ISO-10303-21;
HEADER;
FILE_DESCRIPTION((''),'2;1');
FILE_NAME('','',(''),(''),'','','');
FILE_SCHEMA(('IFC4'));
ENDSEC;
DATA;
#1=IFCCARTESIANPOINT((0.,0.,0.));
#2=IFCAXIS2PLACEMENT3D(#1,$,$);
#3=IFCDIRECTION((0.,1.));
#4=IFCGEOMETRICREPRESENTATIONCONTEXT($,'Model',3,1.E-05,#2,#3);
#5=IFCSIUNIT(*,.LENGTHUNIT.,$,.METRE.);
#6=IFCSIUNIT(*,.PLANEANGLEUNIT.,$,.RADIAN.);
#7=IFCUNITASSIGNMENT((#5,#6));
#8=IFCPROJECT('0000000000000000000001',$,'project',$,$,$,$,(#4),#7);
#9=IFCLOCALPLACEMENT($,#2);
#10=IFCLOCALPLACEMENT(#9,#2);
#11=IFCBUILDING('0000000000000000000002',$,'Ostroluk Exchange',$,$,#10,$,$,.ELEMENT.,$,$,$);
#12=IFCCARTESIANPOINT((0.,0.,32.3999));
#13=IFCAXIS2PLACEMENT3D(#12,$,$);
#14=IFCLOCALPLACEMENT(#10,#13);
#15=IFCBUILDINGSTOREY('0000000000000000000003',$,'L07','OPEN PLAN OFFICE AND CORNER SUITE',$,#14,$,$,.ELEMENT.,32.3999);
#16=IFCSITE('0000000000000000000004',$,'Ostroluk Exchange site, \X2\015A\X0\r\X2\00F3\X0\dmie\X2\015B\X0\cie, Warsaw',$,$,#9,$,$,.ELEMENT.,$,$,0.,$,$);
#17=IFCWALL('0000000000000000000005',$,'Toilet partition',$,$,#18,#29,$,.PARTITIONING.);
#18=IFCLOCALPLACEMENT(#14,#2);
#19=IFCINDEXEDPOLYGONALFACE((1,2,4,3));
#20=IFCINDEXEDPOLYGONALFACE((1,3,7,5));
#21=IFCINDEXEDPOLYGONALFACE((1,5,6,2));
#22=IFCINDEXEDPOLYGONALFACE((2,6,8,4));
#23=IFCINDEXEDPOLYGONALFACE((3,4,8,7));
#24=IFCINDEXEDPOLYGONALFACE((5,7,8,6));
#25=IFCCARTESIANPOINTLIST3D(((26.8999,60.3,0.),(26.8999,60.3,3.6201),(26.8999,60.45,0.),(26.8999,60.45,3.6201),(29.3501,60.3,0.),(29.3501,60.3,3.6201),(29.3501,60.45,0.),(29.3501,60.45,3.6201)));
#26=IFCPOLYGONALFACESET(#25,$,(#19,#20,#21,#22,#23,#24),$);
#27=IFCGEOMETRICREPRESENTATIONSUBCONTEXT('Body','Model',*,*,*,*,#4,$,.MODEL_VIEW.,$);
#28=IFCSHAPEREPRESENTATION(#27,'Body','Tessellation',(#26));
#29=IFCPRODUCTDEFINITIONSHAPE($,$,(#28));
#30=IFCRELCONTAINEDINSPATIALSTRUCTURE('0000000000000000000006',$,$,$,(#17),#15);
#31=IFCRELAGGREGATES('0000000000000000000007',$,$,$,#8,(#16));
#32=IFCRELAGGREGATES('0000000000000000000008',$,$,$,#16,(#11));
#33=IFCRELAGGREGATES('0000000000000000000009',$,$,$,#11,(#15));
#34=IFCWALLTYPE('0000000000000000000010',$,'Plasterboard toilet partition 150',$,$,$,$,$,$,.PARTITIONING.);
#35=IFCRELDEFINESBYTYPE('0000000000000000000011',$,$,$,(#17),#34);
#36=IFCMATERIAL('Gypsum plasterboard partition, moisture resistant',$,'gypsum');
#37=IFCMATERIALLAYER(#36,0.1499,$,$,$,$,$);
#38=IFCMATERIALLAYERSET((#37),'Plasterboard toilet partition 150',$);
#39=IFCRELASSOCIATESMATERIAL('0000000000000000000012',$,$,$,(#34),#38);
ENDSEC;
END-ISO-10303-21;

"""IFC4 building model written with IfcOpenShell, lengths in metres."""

from ifc_helpers import new_model, si_unit, direction, frame, frame_2d, origin, place, context, subcontext, project, spatial, rectangle, extrude, material, layer, layer_set, type_object, element, save


model = new_model("IFC4")

# Units and contexts
model_context = context("Model", 3, precision=1e-05, world=origin(), true_north=direction((0.0, 1.0)))
body_context = subcontext(model_context, "Body", "Model", "MODEL_VIEW")
ifc_project = project(units=[si_unit("LENGTHUNIT", "METRE"), si_unit("PLANEANGLEUNIT", "RADIAN")], contexts=[model_context])

# Site, building, storey
site_placement = place(None, origin())
site = spatial("IfcSite", under=ifc_project, at=site_placement, Name="Ostroluk Exchange site, Śródmieście, Warsaw", CompositionType="ELEMENT", RefElevation=0.0)
building_placement = place(site_placement, origin())
building = spatial("IfcBuilding", under=site, at=building_placement, Name="Ostroluk Exchange", CompositionType="ELEMENT")
storey_placement = place(building_placement, frame((0.0, 0.0, 32.3999)))
storey = spatial("IfcBuildingStorey", under=building, at=storey_placement, Name="L07", Description="OPEN PLAN OFFICE AND CORNER SUITE", CompositionType="ELEMENT", Elevation=32.3999)

# Wall
ifc_material_1 = material(Name="Gypsum plasterboard partition, moisture resistant", Category="gypsum")
ifc_layer_1 = layer(ifc_material_1, 0.1499)
ifc_layer_set_1 = layer_set([ifc_layer_1], Name="Plasterboard toilet partition 150")
wall_type_1 = type_object("IfcWallType", Name="Plasterboard toilet partition 150", PredefinedType="PARTITIONING", material=ifc_layer_set_1)
wall_1_placement = place(storey_placement, frame((29.3501, 60.375, 0.0), z_axis=(0.0, 0.0, 1.0), x_axis=(-1.0, 0.0, 0.0)))
element("IfcWall", 1, at=wall_1_placement, inside=storey, type_object=wall_type_1, Name="Toilet partition", PredefinedType="PARTITIONING", context=body_context, shape_type="SweptSolid", body=[
    extrude(rectangle(XDim=2.4502, YDim=0.1499, at=frame_2d((1.2251, 0.0))), origin(), (0.0, 0.0, 1.0), 3.6201),
])

save(model, "model.ifc")
